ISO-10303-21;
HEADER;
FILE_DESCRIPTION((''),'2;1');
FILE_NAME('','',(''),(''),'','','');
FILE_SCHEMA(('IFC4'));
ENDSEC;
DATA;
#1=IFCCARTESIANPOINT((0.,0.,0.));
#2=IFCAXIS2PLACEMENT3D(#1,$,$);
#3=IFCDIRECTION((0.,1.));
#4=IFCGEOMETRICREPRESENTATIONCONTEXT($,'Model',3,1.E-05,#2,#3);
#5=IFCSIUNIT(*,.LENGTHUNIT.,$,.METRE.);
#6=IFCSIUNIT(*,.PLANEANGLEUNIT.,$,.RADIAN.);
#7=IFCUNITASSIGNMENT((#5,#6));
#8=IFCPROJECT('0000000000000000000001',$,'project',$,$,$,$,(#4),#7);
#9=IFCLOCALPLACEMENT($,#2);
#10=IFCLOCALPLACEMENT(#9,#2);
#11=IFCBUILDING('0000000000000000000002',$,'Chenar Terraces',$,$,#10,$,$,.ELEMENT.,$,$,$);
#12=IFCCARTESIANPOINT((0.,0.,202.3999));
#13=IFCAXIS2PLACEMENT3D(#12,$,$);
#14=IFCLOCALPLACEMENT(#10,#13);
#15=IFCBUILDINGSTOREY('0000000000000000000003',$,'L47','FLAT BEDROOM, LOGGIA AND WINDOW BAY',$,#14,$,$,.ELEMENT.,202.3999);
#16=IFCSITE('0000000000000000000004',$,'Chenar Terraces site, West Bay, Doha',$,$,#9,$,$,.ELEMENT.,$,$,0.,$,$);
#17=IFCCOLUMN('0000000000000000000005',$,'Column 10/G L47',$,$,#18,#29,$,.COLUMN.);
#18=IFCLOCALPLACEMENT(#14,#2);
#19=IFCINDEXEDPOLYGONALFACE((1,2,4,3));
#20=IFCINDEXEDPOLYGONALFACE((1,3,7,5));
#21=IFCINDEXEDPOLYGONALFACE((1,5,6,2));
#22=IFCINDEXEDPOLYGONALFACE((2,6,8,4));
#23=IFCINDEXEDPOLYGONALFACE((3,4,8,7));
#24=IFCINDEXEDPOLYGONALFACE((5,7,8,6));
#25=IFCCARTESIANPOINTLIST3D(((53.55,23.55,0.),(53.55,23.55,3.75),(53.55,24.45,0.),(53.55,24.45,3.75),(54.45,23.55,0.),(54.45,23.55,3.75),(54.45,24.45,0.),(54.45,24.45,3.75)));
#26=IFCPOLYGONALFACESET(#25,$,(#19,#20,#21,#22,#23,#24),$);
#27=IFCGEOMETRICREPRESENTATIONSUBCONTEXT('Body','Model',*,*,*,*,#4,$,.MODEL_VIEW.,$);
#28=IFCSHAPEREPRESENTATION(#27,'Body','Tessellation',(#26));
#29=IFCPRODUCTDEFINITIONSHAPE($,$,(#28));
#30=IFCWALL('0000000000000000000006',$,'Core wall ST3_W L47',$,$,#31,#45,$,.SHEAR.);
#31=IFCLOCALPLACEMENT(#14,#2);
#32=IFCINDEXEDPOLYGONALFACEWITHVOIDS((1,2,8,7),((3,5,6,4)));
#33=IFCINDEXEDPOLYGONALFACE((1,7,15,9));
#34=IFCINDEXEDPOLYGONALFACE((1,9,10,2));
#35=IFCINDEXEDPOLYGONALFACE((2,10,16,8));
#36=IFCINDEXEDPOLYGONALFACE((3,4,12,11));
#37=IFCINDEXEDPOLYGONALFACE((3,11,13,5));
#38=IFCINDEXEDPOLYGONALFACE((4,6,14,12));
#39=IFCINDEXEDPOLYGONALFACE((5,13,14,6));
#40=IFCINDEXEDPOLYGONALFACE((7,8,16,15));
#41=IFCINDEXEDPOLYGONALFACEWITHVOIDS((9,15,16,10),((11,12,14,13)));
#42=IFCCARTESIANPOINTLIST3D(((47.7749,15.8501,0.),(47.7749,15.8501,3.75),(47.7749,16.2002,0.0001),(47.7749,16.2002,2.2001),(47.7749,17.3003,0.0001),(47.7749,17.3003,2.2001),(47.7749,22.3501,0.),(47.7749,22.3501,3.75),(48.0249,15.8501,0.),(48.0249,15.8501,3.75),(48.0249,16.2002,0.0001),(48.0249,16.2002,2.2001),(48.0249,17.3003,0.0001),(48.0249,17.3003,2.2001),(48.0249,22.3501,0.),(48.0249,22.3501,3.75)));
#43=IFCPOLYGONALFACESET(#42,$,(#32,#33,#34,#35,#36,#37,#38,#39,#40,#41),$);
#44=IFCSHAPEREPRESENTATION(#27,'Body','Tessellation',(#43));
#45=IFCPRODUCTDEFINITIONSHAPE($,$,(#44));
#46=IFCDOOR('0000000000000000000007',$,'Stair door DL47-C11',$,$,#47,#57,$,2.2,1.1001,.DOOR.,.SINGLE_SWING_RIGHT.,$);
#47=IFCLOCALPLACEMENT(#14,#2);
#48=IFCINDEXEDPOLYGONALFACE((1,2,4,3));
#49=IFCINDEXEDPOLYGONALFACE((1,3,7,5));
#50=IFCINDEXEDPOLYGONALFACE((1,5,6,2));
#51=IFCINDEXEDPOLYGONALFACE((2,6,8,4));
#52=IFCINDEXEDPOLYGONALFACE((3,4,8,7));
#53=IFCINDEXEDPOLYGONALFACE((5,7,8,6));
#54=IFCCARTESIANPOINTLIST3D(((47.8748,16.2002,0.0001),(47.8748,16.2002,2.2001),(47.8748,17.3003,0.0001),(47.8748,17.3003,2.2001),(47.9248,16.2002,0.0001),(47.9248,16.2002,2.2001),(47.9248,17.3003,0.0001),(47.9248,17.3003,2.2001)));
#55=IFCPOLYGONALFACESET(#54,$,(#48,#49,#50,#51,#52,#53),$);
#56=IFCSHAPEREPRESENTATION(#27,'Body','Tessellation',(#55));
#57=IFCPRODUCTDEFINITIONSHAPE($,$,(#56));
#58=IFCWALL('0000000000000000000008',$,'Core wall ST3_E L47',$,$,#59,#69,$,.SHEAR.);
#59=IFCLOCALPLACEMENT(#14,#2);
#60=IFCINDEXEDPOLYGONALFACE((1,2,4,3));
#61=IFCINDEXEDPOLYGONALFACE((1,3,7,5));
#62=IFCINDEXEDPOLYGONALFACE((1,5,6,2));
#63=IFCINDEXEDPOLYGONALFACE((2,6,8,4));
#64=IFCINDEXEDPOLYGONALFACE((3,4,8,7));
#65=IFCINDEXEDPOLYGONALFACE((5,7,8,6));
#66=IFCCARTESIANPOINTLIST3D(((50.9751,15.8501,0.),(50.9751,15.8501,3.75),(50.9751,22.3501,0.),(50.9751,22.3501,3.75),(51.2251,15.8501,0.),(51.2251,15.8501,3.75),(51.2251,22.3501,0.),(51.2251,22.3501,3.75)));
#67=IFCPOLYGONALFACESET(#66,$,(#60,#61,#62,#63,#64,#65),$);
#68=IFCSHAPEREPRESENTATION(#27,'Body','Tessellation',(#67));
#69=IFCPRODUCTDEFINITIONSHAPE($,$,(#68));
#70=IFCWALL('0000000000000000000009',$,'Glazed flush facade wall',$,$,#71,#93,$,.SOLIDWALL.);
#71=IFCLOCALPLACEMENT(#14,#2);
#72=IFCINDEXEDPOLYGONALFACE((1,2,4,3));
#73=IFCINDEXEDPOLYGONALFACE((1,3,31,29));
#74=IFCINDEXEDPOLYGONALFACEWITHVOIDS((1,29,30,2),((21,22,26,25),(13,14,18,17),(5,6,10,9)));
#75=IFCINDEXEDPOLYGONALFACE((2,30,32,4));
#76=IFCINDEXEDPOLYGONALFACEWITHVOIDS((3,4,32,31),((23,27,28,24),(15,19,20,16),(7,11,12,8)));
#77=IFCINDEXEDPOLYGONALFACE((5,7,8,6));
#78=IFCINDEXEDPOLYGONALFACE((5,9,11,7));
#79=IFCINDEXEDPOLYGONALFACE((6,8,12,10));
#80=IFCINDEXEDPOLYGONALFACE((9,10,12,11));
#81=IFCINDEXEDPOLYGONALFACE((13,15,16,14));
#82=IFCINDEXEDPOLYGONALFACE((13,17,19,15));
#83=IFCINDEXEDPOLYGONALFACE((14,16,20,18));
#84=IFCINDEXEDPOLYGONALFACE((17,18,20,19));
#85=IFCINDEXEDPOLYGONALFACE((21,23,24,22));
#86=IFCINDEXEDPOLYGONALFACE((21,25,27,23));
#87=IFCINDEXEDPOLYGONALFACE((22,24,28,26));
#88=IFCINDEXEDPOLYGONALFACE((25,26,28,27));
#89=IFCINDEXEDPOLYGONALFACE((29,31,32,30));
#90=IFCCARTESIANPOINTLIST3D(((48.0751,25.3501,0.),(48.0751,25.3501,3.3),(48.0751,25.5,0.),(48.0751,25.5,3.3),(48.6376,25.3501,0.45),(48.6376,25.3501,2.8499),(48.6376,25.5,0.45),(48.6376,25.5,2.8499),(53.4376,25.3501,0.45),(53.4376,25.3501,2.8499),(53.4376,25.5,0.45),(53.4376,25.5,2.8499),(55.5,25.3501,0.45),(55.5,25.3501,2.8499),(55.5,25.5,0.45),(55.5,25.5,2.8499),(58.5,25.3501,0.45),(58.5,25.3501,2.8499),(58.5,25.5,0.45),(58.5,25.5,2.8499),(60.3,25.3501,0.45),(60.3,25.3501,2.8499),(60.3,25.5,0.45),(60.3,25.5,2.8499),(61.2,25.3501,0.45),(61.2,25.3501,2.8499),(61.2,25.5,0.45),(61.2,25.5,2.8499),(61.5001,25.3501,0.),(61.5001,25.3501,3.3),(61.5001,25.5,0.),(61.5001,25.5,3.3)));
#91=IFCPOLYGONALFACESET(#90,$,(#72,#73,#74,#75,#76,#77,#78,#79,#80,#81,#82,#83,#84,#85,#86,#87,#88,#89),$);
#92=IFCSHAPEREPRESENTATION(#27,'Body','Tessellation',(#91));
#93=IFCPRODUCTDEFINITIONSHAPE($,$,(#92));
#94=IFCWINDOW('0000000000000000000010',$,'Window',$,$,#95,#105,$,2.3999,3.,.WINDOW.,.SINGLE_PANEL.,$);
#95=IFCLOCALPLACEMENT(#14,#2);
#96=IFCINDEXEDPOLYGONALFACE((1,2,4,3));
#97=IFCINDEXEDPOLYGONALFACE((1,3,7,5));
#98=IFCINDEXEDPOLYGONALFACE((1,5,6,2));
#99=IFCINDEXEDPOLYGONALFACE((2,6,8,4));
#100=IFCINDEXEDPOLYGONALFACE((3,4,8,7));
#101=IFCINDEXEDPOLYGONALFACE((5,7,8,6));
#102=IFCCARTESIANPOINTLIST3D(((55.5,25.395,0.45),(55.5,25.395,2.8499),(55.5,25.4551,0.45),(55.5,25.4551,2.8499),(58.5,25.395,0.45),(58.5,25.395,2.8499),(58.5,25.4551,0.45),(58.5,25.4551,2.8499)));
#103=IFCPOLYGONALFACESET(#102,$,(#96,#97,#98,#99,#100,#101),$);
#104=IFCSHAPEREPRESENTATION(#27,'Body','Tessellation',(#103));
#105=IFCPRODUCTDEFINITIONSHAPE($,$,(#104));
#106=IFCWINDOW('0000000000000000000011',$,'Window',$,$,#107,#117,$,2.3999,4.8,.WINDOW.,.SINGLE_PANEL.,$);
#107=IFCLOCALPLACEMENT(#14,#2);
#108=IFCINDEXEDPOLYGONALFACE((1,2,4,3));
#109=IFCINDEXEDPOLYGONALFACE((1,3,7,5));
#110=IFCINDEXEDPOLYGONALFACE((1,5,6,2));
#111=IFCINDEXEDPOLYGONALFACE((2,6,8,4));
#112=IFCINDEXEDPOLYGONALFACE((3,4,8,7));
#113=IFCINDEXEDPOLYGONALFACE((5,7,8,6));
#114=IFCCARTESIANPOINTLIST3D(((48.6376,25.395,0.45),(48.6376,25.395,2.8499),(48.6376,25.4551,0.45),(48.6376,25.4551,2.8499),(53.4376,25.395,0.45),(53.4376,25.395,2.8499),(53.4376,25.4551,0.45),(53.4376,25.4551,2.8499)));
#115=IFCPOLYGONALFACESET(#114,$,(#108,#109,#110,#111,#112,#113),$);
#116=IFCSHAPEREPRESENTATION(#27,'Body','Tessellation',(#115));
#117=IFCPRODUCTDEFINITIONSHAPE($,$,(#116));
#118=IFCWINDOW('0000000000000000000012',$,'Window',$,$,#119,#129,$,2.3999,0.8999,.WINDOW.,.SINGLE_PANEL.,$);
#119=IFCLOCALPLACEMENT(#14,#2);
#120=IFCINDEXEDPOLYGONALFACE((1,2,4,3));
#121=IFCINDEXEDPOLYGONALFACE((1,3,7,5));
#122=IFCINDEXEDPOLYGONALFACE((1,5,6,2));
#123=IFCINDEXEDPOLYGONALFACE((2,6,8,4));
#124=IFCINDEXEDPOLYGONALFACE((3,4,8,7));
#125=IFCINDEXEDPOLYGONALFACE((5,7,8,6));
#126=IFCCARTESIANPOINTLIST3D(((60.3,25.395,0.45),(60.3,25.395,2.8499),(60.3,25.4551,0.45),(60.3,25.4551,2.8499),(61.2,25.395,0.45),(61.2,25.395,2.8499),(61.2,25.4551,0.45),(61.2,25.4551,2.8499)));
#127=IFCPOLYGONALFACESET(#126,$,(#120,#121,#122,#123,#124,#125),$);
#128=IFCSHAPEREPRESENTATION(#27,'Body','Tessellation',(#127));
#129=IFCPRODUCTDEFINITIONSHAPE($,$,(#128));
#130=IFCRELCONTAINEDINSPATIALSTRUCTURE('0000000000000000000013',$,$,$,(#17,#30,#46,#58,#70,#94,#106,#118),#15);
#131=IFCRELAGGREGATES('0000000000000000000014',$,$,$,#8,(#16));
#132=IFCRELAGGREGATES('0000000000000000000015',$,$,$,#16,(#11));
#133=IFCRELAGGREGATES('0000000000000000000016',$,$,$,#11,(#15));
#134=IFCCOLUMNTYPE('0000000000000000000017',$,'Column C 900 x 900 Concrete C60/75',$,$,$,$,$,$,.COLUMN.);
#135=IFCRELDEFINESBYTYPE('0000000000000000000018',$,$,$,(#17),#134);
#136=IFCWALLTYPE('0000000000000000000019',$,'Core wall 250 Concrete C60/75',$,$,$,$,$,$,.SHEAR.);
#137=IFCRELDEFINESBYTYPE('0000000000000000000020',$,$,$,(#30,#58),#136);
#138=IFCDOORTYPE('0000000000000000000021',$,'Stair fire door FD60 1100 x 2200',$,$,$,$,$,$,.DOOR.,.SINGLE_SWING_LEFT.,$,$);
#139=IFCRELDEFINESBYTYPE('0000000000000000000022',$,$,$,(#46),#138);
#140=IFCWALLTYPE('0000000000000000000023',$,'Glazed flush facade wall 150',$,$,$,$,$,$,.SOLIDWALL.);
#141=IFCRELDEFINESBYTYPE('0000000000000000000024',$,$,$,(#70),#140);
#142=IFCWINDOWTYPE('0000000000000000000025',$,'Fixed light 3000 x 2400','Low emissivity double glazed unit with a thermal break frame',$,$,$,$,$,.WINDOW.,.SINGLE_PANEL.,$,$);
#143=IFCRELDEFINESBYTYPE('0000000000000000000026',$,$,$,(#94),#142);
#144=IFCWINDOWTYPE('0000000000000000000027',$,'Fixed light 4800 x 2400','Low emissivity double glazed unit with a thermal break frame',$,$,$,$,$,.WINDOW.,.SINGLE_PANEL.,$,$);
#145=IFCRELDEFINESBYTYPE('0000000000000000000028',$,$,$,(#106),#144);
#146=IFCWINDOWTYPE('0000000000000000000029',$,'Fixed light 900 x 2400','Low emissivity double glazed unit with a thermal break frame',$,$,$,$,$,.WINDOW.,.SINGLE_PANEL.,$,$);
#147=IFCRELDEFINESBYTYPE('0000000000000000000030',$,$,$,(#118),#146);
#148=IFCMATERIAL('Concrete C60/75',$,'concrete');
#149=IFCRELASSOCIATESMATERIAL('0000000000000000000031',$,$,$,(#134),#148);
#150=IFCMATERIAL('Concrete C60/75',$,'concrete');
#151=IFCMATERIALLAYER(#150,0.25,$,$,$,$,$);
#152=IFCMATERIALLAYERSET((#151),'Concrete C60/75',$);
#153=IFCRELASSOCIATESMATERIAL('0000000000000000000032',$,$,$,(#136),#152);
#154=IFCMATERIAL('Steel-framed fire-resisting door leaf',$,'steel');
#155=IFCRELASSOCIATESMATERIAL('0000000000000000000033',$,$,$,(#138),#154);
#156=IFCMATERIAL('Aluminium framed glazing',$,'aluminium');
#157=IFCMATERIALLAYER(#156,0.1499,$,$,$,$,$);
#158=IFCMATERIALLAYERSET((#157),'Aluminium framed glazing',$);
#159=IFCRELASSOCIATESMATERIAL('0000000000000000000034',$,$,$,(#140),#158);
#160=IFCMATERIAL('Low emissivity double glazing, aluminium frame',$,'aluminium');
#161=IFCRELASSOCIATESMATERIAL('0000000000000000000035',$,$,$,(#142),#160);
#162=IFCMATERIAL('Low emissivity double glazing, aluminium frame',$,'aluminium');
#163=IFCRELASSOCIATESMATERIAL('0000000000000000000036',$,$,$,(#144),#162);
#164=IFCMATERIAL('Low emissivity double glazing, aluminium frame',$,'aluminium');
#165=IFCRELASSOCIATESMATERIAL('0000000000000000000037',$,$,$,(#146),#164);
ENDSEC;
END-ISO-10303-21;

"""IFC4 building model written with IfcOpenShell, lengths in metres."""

from ifc_helpers import new_model, si_unit, direction, frame, frame_2d, origin, origin_2d, place, context, subcontext, project, spatial, rectangle, extrude, material, layer, layer_set, material_profile, profile_set, type_object, element, fill, save


model = new_model("IFC4")

# Units and contexts
model_context = context("Model", 3, precision=1e-05, world=origin(), true_north=direction((0.0, 1.0)))
body_context = subcontext(model_context, "Body", "Model", "MODEL_VIEW")
ifc_project = project(units=[si_unit("LENGTHUNIT", "METRE"), si_unit("PLANEANGLEUNIT", "RADIAN")], contexts=[model_context])

# Site, building, storey
site_placement = place(None, origin())
site = spatial("IfcSite", under=ifc_project, at=site_placement, Name="Chenar Terraces site, West Bay, Doha", CompositionType="ELEMENT", RefElevation=0.0)
building_placement = place(site_placement, origin())
building = spatial("IfcBuilding", under=site, at=building_placement, Name="Chenar Terraces", CompositionType="ELEMENT")
storey_placement = place(building_placement, frame((0.0, 0.0, 202.3999)))
storey = spatial("IfcBuildingStorey", under=building, at=storey_placement, Name="L47", Description="FLAT BEDROOM, LOGGIA AND WINDOW BAY", CompositionType="ELEMENT", Elevation=202.3999)

# Column
ifc_material_1 = material(Name="Concrete C60/75", Category="concrete")
ifc_material_profile = material_profile(ifc_material_1, rectangle(XDim=0.8999, YDim=0.8999, at=origin_2d()), Name="C 900 x 900")
ifc_profile_set = profile_set([ifc_material_profile], Name="Concrete C60/75")
column_type = type_object("IfcColumnType", Name="Column C 900 x 900 Concrete C60/75", PredefinedType="COLUMN", material=ifc_profile_set)
column_placement = place(storey_placement, frame((54.0, 24.0, 0.0), z_axis=(0.0, 0.0, 1.0), x_axis=(1.0, 0.0, 0.0)))
element("IfcColumn", 1, at=column_placement, inside=storey, type_object=column_type, Name="Column 10/G L47", PredefinedType="COLUMN", context=body_context, shape_type="SweptSolid", body=[
    extrude(rectangle(XDim=0.8999, YDim=0.8999, at=origin_2d()), origin(), (0.0, 0.0, 1.0), 3.75),
])

# Wall, opening, door
ifc_material_2 = material(Name="Concrete C60/75", Category="concrete")
ifc_layer_1 = layer(ifc_material_2, 0.25)
ifc_layer_set_1 = layer_set([ifc_layer_1], Name="Concrete C60/75")
wall_type_1 = type_object("IfcWallType", Name="Core wall 250 Concrete C60/75", PredefinedType="SHEAR", material=ifc_layer_set_1)
wall_1_placement = place(storey_placement, frame((47.8999, 15.8501, 0.0), z_axis=(0.0, 0.0, 1.0), x_axis=(0.0, 1.0, 0.0)))
wall_1 = element("IfcWall", 2, at=wall_1_placement, inside=storey, type_object=wall_type_1, Name="Core wall ST3_W L47", PredefinedType="SHEAR", context=body_context, shape_type="SweptSolid", body=[
    extrude(rectangle(XDim=6.5, YDim=0.25, at=frame_2d((3.25, 0.0))), origin(), (0.0, 0.0, 1.0), 3.75),
])
opening_1_placement = place(wall_1_placement, frame((0.3501, 0.0, 0.0)))
opening_1 = element("IfcOpeningElement", 3, at=opening_1_placement, cuts=wall_1, PredefinedType="OPENING", context=body_context, shape_type="SweptSolid", body=[
    extrude(rectangle(XDim=1.1001, YDim=2.2, at=frame_2d((0.55, 1.1001))), frame((0.0, 0.135, 0.0), z_axis=(0.0, -1.0, 0.0), x_axis=(1.0, 0.0, 0.0)), (0.0, 0.0, 1.0), 0.27),
])
ifc_material_3 = material(Name="Steel-framed fire-resisting door leaf", Category="steel")
door_type_1 = type_object("IfcDoorType", Name="Stair fire door FD60 1100 x 2200", OperationType="SINGLE_SWING_LEFT", PredefinedType="DOOR", material=ifc_material_3)
door_1_placement = place(opening_1_placement, frame((1.1001, 0.0, 0.0), z_axis=(0.0, 0.0, 1.0), x_axis=(-1.0, 0.0, 0.0)))
door_1 = element("IfcDoor", 4, at=door_1_placement, inside=storey, type_object=door_type_1, Name="Stair door DL47-C11", OperationType="SINGLE_SWING_RIGHT", OverallHeight=2.2, OverallWidth=1.1001, PredefinedType="DOOR", context=body_context, shape_type="SweptSolid", body=[
    extrude(rectangle(XDim=1.1001, YDim=2.2, at=frame_2d((0.55, 1.1001))), frame((0.0, 0.0249, 0.0), z_axis=(0.0, -1.0, 0.0), x_axis=(1.0, 0.0, 0.0)), (0.0, 0.0, 1.0), 0.05),
])
fill(opening_1, door_1)

# Wall
wall_2_placement = place(storey_placement, frame((51.1001, 15.8501, 0.0), z_axis=(0.0, 0.0, 1.0), x_axis=(0.0, 1.0, 0.0)))
element("IfcWall", 5, at=wall_2_placement, inside=storey, type_object=wall_type_1, Name="Core wall ST3_E L47", PredefinedType="SHEAR", context=body_context, shape_type="SweptSolid", body=[
    extrude(rectangle(XDim=6.5, YDim=0.25, at=frame_2d((3.25, 0.0))), origin(), (0.0, 0.0, 1.0), 3.75),
])

# Wall, openings, windows
ifc_material_4 = material(Name="Aluminium framed glazing", Category="aluminium")
ifc_layer_2 = layer(ifc_material_4, 0.1499)
ifc_layer_set_2 = layer_set([ifc_layer_2], Name="Aluminium framed glazing")
wall_type_2 = type_object("IfcWallType", Name="Glazed flush facade wall 150", PredefinedType="SOLIDWALL", material=ifc_layer_set_2)
wall_3_placement = place(storey_placement, frame((61.5, 25.425, 0.0), z_axis=(0.0, 0.0, 1.0), x_axis=(-1.0, 0.0, 0.0)))
wall_3 = element("IfcWall", 6, at=wall_3_placement, inside=storey, type_object=wall_type_2, Name="Glazed flush facade wall", PredefinedType="SOLIDWALL", context=body_context, shape_type="SweptSolid", body=[
    extrude(rectangle(XDim=13.425, YDim=0.1499, at=frame_2d((6.7124, 0.0))), origin(), (0.0, 0.0, 1.0), 3.3),
])
opening_2_placement = place(wall_3_placement, frame((0.3, 0.0, 0.45)))
opening_2 = element("IfcOpeningElement", 7, at=opening_2_placement, cuts=wall_3, PredefinedType="OPENING", context=body_context, shape_type="SweptSolid", body=[
    extrude(rectangle(XDim=0.8999, YDim=2.3999, at=frame_2d((0.45, 1.2))), frame((0.0, 0.085, 0.0), z_axis=(0.0, -1.0, 0.0), x_axis=(1.0, 0.0, 0.0)), (0.0, 0.0, 1.0), 0.1699),
])
opening_3_placement = place(wall_3_placement, frame((3.0, 0.0, 0.45)))
opening_3 = element("IfcOpeningElement", 8, at=opening_3_placement, cuts=wall_3, PredefinedType="OPENING", context=body_context, shape_type="SweptSolid", body=[
    extrude(rectangle(XDim=3.0, YDim=2.3999, at=frame_2d((1.5, 1.2))), frame((0.0, 0.085, 0.0), z_axis=(0.0, -1.0, 0.0), x_axis=(1.0, 0.0, 0.0)), (0.0, 0.0, 1.0), 0.1699),
])
opening_4_placement = place(wall_3_placement, frame((8.0625, 0.0, 0.45)))
opening_4 = element("IfcOpeningElement", 9, at=opening_4_placement, cuts=wall_3, PredefinedType="OPENING", context=body_context, shape_type="SweptSolid", body=[
    extrude(rectangle(XDim=4.8, YDim=2.3999, at=frame_2d((2.3999, 1.2))), frame((0.0, 0.085, 0.0), z_axis=(0.0, -1.0, 0.0), x_axis=(1.0, 0.0, 0.0)), (0.0, 0.0, 1.0), 0.1699),
])
ifc_material_5 = material(Name="Low emissivity double glazing, aluminium frame", Category="aluminium")
window_type_1 = type_object("IfcWindowType", Name="Fixed light 3000 x 2400", Description="Low emissivity double glazed unit with a thermal break frame", PartitioningType="SINGLE_PANEL", PredefinedType="WINDOW", material=ifc_material_5)
window_1_placement = place(opening_3_placement, origin())
window_1 = element("IfcWindow", 10, at=window_1_placement, inside=storey, type_object=window_type_1, Name="Window", OverallHeight=2.3999, OverallWidth=3.0, PartitioningType="SINGLE_PANEL", PredefinedType="WINDOW", context=body_context, shape_type="SweptSolid", body=[
    extrude(rectangle(XDim=3.0, YDim=2.3999, at=frame_2d((1.5, 1.2))), frame((0.0, 0.03, 0.0), z_axis=(0.0, -1.0, 0.0), x_axis=(1.0, 0.0, 0.0)), (0.0, 0.0, 1.0), 0.0601),
])
fill(opening_3, window_1)
ifc_material_6 = material(Name="Low emissivity double glazing, aluminium frame", Category="aluminium")
window_type_2 = type_object("IfcWindowType", Name="Fixed light 4800 x 2400", Description="Low emissivity double glazed unit with a thermal break frame", PartitioningType="SINGLE_PANEL", PredefinedType="WINDOW", material=ifc_material_6)
window_2_placement = place(opening_4_placement, origin())
window_2 = element("IfcWindow", 11, at=window_2_placement, inside=storey, type_object=window_type_2, Name="Window", OverallHeight=2.3999, OverallWidth=4.8, PartitioningType="SINGLE_PANEL", PredefinedType="WINDOW", context=body_context, shape_type="SweptSolid", body=[
    extrude(rectangle(XDim=4.8, YDim=2.3999, at=frame_2d((2.3999, 1.2))), frame((0.0, 0.03, 0.0), z_axis=(0.0, -1.0, 0.0), x_axis=(1.0, 0.0, 0.0)), (0.0, 0.0, 1.0), 0.0601),
])
fill(opening_4, window_2)
ifc_material_7 = material(Name="Low emissivity double glazing, aluminium frame", Category="aluminium")
window_type_3 = type_object("IfcWindowType", Name="Fixed light 900 x 2400", Description="Low emissivity double glazed unit with a thermal break frame", PartitioningType="SINGLE_PANEL", PredefinedType="WINDOW", material=ifc_material_7)
window_3_placement = place(opening_2_placement, origin())
window_3 = element("IfcWindow", 12, at=window_3_placement, inside=storey, type_object=window_type_3, Name="Window", OverallHeight=2.3999, OverallWidth=0.8999, PartitioningType="SINGLE_PANEL", PredefinedType="WINDOW", context=body_context, shape_type="SweptSolid", body=[
    extrude(rectangle(XDim=0.8999, YDim=2.3999, at=frame_2d((0.45, 1.2))), frame((0.0, 0.03, 0.0), z_axis=(0.0, -1.0, 0.0), x_axis=(1.0, 0.0, 0.0)), (0.0, 0.0, 1.0), 0.0601),
])
fill(opening_2, window_3)

save(model, "model.ifc")
